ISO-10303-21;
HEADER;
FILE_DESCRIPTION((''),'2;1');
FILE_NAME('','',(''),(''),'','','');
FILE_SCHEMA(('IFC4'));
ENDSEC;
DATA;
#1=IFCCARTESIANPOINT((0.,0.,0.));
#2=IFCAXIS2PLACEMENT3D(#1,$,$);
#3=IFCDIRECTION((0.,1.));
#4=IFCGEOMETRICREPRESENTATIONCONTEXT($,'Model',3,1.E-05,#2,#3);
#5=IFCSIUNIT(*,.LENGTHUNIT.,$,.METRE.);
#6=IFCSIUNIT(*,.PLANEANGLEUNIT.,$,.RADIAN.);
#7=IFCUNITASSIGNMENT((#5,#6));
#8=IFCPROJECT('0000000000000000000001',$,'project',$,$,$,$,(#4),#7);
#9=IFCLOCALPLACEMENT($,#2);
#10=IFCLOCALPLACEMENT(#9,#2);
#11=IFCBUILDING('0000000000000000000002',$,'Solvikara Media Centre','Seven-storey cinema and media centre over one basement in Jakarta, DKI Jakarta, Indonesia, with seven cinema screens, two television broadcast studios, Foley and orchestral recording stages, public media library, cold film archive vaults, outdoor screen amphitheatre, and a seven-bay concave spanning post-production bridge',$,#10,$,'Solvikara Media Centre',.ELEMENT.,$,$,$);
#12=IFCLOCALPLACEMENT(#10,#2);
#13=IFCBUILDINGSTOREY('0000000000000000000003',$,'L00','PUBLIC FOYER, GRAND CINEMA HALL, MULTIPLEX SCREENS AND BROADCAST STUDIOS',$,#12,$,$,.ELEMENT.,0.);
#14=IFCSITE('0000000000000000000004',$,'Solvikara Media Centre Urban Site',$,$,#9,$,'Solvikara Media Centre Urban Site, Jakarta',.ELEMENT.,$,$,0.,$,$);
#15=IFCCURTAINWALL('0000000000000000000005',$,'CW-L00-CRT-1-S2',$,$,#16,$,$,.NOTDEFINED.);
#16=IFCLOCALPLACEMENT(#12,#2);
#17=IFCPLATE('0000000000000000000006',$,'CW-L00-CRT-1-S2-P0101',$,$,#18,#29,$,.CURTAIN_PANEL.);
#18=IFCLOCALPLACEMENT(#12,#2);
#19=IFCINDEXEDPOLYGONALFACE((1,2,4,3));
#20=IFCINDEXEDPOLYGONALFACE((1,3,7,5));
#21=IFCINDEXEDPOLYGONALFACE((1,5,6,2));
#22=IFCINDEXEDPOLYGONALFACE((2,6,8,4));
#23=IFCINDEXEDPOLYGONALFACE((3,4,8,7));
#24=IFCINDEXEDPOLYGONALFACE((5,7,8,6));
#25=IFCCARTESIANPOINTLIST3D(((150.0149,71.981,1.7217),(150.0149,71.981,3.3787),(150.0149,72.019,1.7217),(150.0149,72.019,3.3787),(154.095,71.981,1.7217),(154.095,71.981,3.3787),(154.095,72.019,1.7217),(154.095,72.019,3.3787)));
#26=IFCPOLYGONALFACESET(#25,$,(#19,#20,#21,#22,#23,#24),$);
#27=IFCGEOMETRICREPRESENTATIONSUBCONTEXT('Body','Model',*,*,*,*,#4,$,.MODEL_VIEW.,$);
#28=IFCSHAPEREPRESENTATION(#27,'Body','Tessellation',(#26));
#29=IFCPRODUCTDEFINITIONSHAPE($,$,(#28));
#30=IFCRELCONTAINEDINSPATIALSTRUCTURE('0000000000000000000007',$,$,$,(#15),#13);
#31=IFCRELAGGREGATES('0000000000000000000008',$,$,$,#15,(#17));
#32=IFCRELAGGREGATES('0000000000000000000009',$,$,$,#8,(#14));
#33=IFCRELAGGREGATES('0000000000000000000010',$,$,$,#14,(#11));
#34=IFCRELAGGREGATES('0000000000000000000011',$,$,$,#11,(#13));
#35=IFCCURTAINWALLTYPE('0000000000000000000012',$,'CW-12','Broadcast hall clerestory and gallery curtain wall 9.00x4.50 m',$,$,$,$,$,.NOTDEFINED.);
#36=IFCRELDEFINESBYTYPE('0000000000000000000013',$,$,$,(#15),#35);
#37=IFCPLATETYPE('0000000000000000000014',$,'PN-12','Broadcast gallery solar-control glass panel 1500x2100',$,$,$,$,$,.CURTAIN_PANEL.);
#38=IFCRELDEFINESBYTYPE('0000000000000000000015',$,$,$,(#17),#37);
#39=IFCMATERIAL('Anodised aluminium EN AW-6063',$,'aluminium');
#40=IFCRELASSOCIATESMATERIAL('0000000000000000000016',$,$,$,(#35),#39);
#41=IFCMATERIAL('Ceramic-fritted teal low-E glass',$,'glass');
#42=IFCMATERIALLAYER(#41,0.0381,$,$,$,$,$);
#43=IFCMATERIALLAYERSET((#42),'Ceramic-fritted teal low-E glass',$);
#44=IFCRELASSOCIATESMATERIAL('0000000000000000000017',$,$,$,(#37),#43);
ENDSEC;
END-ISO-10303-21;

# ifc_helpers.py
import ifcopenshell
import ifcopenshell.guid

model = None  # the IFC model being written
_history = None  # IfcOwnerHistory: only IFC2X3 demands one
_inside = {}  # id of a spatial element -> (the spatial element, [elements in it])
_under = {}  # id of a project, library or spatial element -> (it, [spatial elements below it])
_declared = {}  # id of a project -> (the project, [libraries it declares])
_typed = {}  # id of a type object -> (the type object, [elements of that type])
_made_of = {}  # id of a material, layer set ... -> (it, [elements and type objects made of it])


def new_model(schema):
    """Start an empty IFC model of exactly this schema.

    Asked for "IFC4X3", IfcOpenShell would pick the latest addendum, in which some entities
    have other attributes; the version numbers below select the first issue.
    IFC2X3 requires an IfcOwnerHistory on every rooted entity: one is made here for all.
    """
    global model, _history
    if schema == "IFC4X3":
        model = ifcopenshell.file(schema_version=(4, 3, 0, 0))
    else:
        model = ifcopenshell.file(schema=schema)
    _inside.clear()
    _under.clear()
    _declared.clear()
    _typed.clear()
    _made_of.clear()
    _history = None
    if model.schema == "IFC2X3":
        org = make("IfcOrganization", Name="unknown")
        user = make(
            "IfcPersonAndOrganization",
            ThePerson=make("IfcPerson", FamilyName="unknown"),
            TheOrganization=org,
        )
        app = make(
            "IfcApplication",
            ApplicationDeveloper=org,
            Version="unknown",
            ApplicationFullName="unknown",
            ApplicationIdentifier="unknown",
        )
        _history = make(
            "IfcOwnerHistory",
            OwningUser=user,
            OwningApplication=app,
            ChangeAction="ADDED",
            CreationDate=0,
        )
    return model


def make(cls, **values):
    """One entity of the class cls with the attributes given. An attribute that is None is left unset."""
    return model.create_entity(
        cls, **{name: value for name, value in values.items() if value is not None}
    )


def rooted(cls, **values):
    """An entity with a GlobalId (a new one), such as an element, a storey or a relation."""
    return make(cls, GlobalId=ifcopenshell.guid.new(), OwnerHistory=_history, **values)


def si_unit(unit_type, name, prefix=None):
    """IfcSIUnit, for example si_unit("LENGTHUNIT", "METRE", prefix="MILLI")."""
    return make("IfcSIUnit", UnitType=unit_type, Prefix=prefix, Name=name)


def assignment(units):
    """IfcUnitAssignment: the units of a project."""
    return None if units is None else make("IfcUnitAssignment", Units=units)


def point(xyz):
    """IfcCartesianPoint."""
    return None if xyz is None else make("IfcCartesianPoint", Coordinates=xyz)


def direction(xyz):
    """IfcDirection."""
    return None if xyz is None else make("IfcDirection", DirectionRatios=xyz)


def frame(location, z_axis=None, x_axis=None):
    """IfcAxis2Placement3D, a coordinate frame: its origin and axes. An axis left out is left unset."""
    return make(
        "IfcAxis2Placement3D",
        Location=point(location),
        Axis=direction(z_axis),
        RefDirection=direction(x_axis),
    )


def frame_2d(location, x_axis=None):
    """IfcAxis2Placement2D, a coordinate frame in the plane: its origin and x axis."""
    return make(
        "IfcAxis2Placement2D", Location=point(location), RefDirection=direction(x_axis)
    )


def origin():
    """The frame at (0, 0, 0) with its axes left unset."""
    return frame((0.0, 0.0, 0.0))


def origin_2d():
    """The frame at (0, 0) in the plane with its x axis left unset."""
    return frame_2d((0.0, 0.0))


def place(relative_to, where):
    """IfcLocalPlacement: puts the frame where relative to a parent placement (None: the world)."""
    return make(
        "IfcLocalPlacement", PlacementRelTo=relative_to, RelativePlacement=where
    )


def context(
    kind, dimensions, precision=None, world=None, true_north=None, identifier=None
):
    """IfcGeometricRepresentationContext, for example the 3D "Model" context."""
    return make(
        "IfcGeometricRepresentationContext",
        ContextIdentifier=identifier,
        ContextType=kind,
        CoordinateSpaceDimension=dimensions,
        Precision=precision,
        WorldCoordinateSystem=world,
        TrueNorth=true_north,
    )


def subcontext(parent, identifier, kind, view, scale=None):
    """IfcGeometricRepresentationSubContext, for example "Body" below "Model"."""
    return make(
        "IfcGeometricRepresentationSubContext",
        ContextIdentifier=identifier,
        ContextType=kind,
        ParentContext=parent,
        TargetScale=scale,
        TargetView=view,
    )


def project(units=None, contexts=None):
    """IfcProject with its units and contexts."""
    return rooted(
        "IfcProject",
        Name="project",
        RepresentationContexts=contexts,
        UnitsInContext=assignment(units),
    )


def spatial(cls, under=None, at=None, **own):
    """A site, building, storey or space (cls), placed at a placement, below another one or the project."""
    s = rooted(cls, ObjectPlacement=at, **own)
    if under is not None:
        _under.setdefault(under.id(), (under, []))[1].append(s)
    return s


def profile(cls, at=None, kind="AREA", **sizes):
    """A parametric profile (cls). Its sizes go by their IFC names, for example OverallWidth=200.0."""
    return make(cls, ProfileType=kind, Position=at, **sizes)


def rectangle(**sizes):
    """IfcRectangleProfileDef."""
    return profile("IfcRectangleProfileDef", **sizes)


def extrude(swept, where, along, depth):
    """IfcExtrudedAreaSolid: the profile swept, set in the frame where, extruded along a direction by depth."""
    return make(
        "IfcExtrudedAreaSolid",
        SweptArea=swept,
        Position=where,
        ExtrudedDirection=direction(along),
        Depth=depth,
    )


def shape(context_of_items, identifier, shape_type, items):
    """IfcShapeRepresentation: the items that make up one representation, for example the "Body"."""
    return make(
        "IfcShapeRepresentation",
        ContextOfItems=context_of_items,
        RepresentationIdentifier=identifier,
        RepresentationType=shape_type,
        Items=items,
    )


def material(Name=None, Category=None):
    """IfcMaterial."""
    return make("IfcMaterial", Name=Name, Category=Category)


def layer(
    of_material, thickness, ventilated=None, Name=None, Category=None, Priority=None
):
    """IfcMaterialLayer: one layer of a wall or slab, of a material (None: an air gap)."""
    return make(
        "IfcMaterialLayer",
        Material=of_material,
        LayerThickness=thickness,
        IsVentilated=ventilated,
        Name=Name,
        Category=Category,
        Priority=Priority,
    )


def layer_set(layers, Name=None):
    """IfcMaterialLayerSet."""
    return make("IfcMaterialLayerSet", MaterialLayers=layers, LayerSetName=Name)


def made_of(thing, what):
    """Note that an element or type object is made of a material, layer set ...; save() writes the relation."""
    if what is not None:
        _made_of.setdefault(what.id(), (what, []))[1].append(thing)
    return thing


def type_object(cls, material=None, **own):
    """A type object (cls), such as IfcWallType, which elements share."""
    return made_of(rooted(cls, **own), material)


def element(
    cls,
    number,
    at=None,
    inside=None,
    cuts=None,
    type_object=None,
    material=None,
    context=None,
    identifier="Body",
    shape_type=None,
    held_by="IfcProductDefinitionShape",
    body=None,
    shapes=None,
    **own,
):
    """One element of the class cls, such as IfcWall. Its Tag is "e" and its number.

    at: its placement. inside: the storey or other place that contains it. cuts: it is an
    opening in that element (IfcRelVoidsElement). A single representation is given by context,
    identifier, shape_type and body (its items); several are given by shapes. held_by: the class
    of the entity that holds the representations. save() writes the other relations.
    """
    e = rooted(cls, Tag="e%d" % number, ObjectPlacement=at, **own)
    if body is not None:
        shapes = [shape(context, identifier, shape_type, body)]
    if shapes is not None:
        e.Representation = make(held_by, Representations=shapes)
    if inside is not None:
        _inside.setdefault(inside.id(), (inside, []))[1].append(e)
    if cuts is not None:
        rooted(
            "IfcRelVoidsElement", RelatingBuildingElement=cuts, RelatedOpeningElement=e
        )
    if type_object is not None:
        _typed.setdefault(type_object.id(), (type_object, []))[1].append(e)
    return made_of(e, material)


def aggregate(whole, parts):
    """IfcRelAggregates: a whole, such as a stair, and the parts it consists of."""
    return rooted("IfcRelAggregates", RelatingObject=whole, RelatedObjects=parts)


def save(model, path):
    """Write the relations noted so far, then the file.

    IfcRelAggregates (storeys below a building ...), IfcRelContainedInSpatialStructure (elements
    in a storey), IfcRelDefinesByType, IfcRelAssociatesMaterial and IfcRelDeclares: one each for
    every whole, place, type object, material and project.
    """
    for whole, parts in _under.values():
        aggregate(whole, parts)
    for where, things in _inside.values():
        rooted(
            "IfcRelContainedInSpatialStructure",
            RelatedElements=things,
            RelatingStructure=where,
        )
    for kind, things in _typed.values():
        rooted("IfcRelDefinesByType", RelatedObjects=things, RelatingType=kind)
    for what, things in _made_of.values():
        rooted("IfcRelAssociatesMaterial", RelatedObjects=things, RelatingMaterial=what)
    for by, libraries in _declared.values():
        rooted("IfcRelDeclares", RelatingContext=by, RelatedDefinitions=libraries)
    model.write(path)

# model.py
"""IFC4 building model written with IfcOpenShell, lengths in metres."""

from ifc_helpers import new_model, si_unit, direction, frame, origin, origin_2d, place, context, subcontext, project, spatial, rectangle, extrude, material, layer, layer_set, type_object, element, aggregate, save


model = new_model("IFC4")

# Units and contexts
model_context = context("Model", 3, precision=1e-05, world=origin(), true_north=direction((0.0, 1.0)))
body_context = subcontext(model_context, "Body", "Model", "MODEL_VIEW")
ifc_project = project(units=[si_unit("LENGTHUNIT", "METRE"), si_unit("PLANEANGLEUNIT", "RADIAN")], contexts=[model_context])

# Site, building, storey
site_placement = place(None, origin())
site = spatial("IfcSite", under=ifc_project, at=site_placement, Name="Solvikara Media Centre Urban Site", LongName="Solvikara Media Centre Urban Site, Jakarta", CompositionType="ELEMENT", RefElevation=0.0)
building_placement = place(site_placement, origin())
building = spatial("IfcBuilding", under=site, at=building_placement, Name="Solvikara Media Centre", Description="Seven-storey cinema and media centre over one basement in Jakarta, DKI Jakarta, Indonesia, with seven cinema screens, two television broadcast studios, Foley and orchestral recording stages, public media library, cold film archive vaults, outdoor screen amphitheatre, and a seven-bay concave spanning post-production bridge", LongName="Solvikara Media Centre", CompositionType="ELEMENT")
storey_placement = place(building_placement, origin())
storey = spatial("IfcBuildingStorey", under=building, at=storey_placement, Name="L00", Description="PUBLIC FOYER, GRAND CINEMA HALL, MULTIPLEX SCREENS AND BROADCAST STUDIOS", CompositionType="ELEMENT", Elevation=0.0)

# Shared definitions
ifc_material_1 = material(Name="Anodised aluminium EN AW-6063", Category="aluminium")
curtain_wall_type = type_object("IfcCurtainWallType", Name="CW-12", Description="Broadcast hall clerestory and gallery curtain wall 9.00x4.50 m", PredefinedType="NOTDEFINED", material=ifc_material_1)

# Curtain wall
curtain_wall_1_placement = place(storey_placement, origin())
curtain_wall_1 = element("IfcCurtainWall", 1, at=curtain_wall_1_placement, inside=storey, type_object=curtain_wall_type, Name="CW-L00-CRT-1-S2", PredefinedType="NOTDEFINED")

# Plate
ifc_material_2 = material(Name="Ceramic-fritted teal low-E glass", Category="glass")
ifc_layer_1 = layer(ifc_material_2, 0.0381)
ifc_layer_set_1 = layer_set([ifc_layer_1], Name="Ceramic-fritted teal low-E glass")
plate_type_1 = type_object("IfcPlateType", Name="PN-12", Description="Broadcast gallery solar-control glass panel 1500x2100", PredefinedType="CURTAIN_PANEL", material=ifc_layer_set_1)
plate_1_placement = place(storey_placement, frame((152.0549, 72.0, 1.7217), z_axis=(0.0, 0.0, 1.0), x_axis=(1.0, 0.0, 0.0)))
plate_1 = element("IfcPlate", 2, at=plate_1_placement, type_object=plate_type_1, Name="CW-L00-CRT-1-S2-P0101", PredefinedType="CURTAIN_PANEL", context=body_context, shape_type="SweptSolid", body=[
    extrude(rectangle(XDim=4.0801, YDim=0.0381, at=origin_2d()), origin(), (0.0, 0.0, 1.0), 1.657),
])
aggregate(curtain_wall_1, [plate_1])

save(model, "model.ifc")
